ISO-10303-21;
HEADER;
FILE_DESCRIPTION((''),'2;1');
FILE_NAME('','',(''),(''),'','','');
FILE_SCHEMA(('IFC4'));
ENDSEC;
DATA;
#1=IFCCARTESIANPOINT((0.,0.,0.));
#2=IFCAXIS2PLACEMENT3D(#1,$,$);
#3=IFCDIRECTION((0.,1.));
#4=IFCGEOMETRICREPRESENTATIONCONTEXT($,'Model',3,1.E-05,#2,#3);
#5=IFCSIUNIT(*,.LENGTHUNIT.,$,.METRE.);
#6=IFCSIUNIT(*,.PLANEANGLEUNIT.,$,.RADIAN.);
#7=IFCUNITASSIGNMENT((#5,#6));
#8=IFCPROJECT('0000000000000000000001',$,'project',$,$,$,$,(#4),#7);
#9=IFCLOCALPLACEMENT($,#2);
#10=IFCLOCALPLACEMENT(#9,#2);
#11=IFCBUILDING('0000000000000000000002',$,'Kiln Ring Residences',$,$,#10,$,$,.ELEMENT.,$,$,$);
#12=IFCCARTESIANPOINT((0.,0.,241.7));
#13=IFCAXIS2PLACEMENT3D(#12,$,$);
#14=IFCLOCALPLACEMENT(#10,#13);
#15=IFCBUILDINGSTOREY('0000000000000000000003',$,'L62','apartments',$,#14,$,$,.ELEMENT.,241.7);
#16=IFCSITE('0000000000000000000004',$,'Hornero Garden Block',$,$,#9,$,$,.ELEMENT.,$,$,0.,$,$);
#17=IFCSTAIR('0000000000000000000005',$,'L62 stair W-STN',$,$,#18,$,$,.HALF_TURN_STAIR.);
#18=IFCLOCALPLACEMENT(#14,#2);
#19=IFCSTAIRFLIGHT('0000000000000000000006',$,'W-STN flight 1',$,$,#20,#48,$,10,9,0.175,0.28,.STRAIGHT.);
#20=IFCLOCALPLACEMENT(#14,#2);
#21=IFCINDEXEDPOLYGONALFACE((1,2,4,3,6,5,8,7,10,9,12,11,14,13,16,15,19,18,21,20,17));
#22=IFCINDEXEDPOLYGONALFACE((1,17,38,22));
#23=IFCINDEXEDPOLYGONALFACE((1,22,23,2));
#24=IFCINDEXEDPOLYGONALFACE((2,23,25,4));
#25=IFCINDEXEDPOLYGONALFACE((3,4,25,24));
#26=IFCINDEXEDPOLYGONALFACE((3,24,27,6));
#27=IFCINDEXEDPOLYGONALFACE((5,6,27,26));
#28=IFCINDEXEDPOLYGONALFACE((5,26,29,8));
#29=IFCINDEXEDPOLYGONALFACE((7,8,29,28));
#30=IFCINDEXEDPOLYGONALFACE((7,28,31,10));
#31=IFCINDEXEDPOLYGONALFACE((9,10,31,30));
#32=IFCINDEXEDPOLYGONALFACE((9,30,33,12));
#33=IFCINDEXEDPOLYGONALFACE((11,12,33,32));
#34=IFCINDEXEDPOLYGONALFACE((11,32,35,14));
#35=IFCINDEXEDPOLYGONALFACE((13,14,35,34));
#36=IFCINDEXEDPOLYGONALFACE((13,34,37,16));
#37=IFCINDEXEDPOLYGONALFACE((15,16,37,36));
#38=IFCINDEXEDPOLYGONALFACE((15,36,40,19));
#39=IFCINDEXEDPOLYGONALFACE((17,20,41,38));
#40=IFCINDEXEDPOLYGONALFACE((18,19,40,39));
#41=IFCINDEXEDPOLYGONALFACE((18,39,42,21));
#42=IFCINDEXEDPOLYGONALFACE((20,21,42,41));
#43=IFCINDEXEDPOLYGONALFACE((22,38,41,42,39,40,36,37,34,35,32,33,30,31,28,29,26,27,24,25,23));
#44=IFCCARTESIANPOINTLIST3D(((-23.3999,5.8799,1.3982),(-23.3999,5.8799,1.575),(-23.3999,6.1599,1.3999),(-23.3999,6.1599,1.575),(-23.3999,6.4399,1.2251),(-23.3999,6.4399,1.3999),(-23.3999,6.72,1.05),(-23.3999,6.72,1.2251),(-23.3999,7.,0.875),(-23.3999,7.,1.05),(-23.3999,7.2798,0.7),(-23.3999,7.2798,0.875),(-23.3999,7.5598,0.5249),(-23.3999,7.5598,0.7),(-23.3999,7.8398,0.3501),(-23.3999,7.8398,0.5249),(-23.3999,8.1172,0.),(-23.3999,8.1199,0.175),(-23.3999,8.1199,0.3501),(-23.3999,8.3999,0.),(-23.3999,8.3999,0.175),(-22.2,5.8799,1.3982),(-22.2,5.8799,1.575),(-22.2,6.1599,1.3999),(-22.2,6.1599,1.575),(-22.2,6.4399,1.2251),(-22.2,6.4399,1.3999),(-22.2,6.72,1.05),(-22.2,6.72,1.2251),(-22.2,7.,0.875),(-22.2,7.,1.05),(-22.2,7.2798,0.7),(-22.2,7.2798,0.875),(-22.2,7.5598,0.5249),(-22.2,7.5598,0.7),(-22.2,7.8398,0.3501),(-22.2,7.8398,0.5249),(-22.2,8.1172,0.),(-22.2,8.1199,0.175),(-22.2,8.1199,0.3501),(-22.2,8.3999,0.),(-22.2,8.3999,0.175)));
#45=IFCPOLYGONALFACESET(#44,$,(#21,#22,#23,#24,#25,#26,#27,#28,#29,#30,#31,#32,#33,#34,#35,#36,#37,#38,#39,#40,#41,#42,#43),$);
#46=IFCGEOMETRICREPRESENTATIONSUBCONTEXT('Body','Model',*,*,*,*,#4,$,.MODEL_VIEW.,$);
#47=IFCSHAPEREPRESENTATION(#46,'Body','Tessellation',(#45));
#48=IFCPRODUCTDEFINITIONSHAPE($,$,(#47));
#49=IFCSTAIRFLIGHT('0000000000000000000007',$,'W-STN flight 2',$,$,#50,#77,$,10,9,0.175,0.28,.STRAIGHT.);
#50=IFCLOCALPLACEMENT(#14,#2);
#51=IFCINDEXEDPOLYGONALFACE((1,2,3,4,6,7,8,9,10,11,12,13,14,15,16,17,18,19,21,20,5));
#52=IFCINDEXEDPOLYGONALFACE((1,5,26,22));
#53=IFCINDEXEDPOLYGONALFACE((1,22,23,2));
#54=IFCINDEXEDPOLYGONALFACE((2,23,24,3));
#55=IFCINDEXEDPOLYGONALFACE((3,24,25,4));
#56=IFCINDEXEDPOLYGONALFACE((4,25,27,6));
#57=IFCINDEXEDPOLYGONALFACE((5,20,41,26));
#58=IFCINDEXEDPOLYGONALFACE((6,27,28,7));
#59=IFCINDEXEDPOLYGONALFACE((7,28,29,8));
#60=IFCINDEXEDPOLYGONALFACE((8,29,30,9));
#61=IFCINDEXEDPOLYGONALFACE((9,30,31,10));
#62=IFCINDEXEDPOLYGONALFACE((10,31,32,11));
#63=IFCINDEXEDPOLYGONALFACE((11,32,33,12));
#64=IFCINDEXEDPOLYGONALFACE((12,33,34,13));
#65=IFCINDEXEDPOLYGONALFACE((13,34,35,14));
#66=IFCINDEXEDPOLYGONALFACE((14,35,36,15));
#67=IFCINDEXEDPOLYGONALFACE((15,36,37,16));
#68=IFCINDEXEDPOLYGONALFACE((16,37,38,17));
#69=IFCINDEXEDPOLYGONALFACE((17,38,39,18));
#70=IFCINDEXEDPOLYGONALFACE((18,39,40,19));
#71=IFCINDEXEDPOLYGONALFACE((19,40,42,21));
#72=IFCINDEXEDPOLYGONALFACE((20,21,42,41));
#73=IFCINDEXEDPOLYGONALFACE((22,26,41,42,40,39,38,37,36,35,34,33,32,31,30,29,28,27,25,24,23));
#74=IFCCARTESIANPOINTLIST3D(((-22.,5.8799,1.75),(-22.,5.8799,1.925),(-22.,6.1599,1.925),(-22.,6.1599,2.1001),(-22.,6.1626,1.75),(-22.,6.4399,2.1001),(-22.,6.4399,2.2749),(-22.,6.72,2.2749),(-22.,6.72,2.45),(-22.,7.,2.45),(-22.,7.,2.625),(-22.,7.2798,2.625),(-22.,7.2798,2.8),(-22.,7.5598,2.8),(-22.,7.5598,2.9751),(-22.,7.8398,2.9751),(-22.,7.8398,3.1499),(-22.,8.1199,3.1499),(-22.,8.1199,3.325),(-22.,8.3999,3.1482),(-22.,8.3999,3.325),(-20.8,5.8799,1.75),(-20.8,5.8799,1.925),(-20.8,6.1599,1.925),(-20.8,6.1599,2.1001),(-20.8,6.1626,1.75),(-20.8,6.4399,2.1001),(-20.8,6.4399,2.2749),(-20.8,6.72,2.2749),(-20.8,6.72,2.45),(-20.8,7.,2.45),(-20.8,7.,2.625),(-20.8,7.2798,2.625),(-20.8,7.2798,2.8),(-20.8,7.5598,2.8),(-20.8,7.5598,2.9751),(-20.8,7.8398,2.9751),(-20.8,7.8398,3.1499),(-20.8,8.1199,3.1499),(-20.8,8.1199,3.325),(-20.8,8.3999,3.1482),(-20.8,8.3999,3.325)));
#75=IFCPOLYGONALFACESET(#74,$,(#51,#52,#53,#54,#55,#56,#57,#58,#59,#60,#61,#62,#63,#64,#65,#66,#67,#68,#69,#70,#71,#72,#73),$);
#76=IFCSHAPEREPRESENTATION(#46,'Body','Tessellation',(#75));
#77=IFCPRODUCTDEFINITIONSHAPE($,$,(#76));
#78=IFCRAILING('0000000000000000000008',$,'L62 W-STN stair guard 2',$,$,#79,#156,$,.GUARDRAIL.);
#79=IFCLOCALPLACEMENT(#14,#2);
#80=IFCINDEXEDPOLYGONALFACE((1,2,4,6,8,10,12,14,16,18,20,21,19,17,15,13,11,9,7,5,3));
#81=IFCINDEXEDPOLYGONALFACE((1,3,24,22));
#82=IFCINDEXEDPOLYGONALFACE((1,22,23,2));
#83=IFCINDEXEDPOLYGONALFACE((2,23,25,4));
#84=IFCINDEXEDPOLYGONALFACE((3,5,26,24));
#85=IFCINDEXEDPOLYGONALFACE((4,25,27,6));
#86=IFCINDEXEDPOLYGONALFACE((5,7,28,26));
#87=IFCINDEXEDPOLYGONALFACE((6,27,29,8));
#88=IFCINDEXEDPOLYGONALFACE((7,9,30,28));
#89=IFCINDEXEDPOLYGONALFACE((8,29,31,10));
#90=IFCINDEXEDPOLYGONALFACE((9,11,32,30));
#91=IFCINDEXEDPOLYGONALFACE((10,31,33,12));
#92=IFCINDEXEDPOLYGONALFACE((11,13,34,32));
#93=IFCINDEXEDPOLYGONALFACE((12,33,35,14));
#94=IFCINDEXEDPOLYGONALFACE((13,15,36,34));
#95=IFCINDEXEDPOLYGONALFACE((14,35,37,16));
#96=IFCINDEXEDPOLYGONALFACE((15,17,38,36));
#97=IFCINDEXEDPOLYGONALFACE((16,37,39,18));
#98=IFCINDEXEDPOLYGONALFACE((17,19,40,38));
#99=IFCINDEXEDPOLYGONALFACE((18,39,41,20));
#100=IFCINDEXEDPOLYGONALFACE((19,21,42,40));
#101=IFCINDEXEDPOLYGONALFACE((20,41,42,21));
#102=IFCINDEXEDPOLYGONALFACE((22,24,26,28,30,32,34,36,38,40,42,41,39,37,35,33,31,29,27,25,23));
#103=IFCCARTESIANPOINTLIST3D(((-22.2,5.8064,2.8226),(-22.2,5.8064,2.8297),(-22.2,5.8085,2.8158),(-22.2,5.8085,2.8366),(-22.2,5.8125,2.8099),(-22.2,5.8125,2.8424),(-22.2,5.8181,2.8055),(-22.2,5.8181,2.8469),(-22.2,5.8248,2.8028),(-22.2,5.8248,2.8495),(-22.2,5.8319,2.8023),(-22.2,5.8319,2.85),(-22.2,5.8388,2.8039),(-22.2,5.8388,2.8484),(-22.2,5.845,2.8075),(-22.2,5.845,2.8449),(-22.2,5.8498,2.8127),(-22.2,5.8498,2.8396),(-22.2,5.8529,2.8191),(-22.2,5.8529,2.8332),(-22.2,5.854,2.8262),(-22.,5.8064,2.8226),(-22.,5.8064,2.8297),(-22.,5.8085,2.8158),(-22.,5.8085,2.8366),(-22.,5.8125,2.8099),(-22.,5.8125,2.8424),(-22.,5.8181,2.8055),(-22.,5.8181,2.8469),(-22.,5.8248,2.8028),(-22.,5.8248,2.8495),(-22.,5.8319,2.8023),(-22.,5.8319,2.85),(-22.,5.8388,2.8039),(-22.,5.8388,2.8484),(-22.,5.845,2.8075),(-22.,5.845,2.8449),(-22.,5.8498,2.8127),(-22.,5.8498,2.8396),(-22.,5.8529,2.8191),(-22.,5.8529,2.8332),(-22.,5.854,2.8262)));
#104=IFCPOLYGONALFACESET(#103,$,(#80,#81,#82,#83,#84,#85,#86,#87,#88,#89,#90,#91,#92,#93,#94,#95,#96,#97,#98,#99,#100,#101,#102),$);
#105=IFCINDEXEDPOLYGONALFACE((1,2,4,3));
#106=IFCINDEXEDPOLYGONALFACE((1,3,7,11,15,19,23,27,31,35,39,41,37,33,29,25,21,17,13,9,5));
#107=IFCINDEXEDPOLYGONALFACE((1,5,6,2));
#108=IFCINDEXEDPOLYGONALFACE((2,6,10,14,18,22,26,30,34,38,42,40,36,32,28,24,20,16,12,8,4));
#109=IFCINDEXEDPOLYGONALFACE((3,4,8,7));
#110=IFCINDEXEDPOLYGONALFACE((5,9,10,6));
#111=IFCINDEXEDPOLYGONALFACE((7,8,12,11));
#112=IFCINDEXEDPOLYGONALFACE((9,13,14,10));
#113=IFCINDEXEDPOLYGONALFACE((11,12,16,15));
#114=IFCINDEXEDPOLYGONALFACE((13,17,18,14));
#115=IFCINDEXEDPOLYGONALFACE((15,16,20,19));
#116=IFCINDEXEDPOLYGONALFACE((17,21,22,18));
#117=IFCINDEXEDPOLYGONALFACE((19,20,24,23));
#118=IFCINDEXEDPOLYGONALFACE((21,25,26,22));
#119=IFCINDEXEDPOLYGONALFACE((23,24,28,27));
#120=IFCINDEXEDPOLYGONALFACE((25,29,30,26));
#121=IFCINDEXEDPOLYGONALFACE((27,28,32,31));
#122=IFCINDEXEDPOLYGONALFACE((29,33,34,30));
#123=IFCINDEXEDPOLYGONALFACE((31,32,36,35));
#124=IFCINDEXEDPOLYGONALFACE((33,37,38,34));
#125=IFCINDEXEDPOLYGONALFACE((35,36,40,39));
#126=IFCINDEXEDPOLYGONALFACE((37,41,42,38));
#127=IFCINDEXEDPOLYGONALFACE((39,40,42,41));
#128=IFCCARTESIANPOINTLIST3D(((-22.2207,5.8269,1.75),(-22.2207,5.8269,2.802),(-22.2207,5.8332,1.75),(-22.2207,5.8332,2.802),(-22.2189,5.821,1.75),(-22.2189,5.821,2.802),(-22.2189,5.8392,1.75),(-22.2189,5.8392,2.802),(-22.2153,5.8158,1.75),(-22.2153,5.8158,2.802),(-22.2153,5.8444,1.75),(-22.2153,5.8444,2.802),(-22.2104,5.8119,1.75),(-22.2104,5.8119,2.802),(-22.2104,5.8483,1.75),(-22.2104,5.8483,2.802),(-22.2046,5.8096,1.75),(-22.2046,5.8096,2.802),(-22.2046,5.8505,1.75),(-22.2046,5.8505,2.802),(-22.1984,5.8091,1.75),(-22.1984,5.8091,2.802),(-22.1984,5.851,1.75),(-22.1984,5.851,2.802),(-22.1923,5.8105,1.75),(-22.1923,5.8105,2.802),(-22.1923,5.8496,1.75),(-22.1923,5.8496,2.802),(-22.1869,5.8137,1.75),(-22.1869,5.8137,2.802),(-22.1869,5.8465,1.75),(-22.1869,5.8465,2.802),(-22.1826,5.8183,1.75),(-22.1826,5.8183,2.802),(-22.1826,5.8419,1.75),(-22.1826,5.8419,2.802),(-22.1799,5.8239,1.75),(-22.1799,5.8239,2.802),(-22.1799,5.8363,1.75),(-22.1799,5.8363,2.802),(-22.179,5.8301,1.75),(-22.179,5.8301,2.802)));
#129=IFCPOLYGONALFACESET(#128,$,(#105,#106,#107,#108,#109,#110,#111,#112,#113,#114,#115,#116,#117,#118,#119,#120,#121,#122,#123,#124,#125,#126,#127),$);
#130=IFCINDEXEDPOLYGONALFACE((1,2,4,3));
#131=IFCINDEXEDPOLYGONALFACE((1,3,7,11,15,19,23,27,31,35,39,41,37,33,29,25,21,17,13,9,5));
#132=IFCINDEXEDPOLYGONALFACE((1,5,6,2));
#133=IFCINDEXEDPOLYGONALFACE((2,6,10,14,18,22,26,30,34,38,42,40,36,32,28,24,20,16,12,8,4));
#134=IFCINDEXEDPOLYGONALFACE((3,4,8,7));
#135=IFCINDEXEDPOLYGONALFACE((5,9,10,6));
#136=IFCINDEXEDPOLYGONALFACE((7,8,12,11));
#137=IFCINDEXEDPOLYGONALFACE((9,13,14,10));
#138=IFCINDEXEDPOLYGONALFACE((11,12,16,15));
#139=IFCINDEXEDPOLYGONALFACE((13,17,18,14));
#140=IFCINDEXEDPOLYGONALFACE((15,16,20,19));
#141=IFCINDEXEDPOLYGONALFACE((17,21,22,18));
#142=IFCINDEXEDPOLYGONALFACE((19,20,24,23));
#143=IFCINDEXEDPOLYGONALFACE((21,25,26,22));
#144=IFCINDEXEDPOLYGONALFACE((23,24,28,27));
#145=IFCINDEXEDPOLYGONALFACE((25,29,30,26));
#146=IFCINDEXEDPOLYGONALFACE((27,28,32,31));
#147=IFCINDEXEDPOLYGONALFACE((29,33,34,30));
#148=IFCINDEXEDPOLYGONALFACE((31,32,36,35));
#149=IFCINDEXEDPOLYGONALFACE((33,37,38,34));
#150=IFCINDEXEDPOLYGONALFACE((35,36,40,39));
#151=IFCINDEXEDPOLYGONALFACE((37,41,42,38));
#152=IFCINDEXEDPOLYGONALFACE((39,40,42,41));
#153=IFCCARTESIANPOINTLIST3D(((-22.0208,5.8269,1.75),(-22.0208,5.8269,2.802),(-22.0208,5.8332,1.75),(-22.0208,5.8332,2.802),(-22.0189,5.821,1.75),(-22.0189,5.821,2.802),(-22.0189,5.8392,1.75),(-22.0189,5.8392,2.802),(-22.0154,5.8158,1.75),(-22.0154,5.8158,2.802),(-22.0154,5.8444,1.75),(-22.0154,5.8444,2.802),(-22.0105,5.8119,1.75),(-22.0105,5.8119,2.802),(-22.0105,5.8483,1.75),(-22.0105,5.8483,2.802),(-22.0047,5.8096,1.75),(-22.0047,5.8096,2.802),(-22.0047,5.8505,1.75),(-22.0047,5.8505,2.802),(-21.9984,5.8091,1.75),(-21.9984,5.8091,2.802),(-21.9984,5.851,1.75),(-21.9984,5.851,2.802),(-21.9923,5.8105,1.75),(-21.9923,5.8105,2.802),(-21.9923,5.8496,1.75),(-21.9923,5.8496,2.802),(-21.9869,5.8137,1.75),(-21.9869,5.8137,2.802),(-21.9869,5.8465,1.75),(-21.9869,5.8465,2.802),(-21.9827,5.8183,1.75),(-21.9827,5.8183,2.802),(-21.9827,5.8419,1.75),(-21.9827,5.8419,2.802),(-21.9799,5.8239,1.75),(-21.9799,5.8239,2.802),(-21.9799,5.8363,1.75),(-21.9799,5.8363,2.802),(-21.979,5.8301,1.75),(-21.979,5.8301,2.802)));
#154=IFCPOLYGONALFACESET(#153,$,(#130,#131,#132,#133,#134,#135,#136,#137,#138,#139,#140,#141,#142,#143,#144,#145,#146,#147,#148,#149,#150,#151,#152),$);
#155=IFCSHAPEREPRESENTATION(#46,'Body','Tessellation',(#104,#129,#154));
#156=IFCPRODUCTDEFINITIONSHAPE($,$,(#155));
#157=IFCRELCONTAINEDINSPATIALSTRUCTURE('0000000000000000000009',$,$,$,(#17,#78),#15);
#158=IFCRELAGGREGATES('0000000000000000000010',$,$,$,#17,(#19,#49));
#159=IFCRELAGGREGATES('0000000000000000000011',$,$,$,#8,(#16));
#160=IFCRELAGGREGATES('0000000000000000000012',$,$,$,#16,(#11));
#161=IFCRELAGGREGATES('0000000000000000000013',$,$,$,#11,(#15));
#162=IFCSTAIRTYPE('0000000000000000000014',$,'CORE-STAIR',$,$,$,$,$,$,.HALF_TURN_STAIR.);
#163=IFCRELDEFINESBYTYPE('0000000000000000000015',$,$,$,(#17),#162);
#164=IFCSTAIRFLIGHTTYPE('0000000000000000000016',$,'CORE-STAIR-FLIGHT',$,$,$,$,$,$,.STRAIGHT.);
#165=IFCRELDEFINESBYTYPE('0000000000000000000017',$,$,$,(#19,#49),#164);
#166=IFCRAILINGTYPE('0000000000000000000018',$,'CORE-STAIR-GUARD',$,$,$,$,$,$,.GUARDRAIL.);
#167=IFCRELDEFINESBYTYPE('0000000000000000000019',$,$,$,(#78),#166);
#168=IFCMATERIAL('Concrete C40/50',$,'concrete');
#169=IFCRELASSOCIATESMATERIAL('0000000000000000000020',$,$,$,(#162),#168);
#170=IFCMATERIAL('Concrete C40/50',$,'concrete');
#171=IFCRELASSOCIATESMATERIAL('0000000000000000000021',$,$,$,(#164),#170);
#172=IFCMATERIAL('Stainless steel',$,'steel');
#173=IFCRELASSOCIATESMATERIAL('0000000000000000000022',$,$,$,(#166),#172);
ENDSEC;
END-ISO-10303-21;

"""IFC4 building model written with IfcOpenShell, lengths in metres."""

from ifc_helpers import new_model, si_unit, direction, frame, origin, origin_2d, place, context, subcontext, project, spatial, polyline, circle, outline, extrude, material, type_object, element, aggregate, save


model = new_model("IFC4")

# Units and contexts
model_context = context("Model", 3, precision=1e-05, world=origin(), true_north=direction((0.0, 1.0)))
body_context = subcontext(model_context, "Body", "Model", "MODEL_VIEW")
ifc_project = project(units=[si_unit("LENGTHUNIT", "METRE"), si_unit("PLANEANGLEUNIT", "RADIAN")], contexts=[model_context])

# Site, building, storey
site_placement = place(None, origin())
site = spatial("IfcSite", under=ifc_project, at=site_placement, Name="Hornero Garden Block", CompositionType="ELEMENT", RefElevation=0.0)
building_placement = place(site_placement, origin())
building = spatial("IfcBuilding", under=site, at=building_placement, Name="Kiln Ring Residences", CompositionType="ELEMENT")
storey_placement = place(building_placement, frame((0.0, 0.0, 241.7)))
storey = spatial("IfcBuildingStorey", under=building, at=storey_placement, Name="L62", Description="apartments", CompositionType="ELEMENT", Elevation=241.7)

# Stair, stair flights
ifc_material_1 = material(Name="Concrete C40/50", Category="concrete")
stair_type = type_object("IfcStairType", Name="CORE-STAIR", PredefinedType="HALF_TURN_STAIR", material=ifc_material_1)
stair_placement = place(storey_placement, origin())
stair = element("IfcStair", 1, at=stair_placement, inside=storey, type_object=stair_type, Name="L62 stair W-STN", PredefinedType="HALF_TURN_STAIR")
ifc_material_2 = material(Name="Concrete C40/50", Category="concrete")
stair_flight_type = type_object("IfcStairFlightType", Name="CORE-STAIR-FLIGHT", PredefinedType="STRAIGHT", material=ifc_material_2)
stair_flight_1_placement = place(storey_placement, frame((-22.8, 8.3999, 0.0), z_axis=(0.0, 0.0, 1.0), x_axis=(0.0, -1.0, 0.0)))
stair_flight_1 = element("IfcStairFlight", 2, at=stair_flight_1_placement, type_object=stair_flight_type, Name="W-STN flight 1", NumberOfRisers=10, NumberOfTreads=9, PredefinedType="STRAIGHT", RiserHeight=0.175, TreadLength=0.28, context=body_context, shape_type="SweptSolid", body=[
    extrude(outline(polyline([(0.0, 0.0), (0.0, 0.175), (0.28, 0.175), (0.28, 0.3501), (0.5601, 0.3501), (0.5601, 0.5249), (0.8401, 0.5249), (0.8401, 0.7), (1.1201, 0.7), (1.1201, 0.875), (1.3999, 0.875), (1.3999, 1.05), (1.6799, 1.05), (1.6799, 1.2251), (1.96, 1.2251), (1.96, 1.3999), (2.24, 1.3999), (2.24, 1.575), (2.52, 1.575), (2.52, 1.75), (2.52, 1.3982), (0.2827, 0.0), (0.0, 0.0)])), frame((0.0, 0.6001, 0.0), z_axis=(0.0, -1.0, 0.0), x_axis=(1.0, 0.0, 0.0)), (0.0, 0.0, 1.0), 1.2),
])
stair_flight_2_placement = place(storey_placement, frame((-21.3999, 5.8799, 1.75), z_axis=(0.0, 0.0, 1.0), x_axis=(0.0, 1.0, 0.0)))
stair_flight_2 = element("IfcStairFlight", 3, at=stair_flight_2_placement, type_object=stair_flight_type, Name="W-STN flight 2", NumberOfRisers=10, NumberOfTreads=9, PredefinedType="STRAIGHT", RiserHeight=0.175, TreadLength=0.28, context=body_context, shape_type="SweptSolid", body=[
    extrude(outline(polyline([(0.0, 0.0), (0.0, 0.175), (0.28, 0.175), (0.28, 0.3501), (0.5601, 0.3501), (0.5601, 0.5249), (0.8401, 0.5249), (0.8401, 0.7), (1.1201, 0.7), (1.1201, 0.875), (1.3999, 0.875), (1.3999, 1.05), (1.6799, 1.05), (1.6799, 1.2251), (1.96, 1.2251), (1.96, 1.3999), (2.24, 1.3999), (2.24, 1.575), (2.52, 1.575), (2.52, 1.75), (2.52, 1.3982), (0.2827, 0.0), (0.0, 0.0)])), frame((0.0, 0.6001, 0.0), z_axis=(0.0, -1.0, 0.0), x_axis=(1.0, 0.0, 0.0)), (0.0, 0.0, 1.0), 1.2),
])
aggregate(stair, [stair_flight_1, stair_flight_2])

# Railing
ifc_material_3 = material(Name="Stainless steel", Category="steel")
railing_type_1 = type_object("IfcRailingType", Name="CORE-STAIR-GUARD", PredefinedType="GUARDRAIL", material=ifc_material_3)
railing_1_placement = place(storey_placement, frame((-22.2, 5.8301, 1.75)))
element("IfcRailing", 4, at=railing_1_placement, inside=storey, type_object=railing_type_1, Name="L62 W-STN stair guard 2", PredefinedType="GUARDRAIL", context=body_context, shape_type="SweptSolid", body=[
    extrude(circle(Radius=0.0239, at=origin_2d()), frame((0.0, 0.0, 1.0762), z_axis=(1.0, 0.0, 0.0), x_axis=(0.0, 1.0, 0.0)), (0.0, 0.0, 1.0), 0.2),
    extrude(circle(Radius=0.021, at=origin_2d()), origin(), (0.0, 0.0, 1.0), 1.052),
    extrude(circle(Radius=0.021, at=origin_2d()), frame((0.2, 0.0, 0.0)), (0.0, 0.0, 1.0), 1.052),
])

save(model, "model.ifc")
